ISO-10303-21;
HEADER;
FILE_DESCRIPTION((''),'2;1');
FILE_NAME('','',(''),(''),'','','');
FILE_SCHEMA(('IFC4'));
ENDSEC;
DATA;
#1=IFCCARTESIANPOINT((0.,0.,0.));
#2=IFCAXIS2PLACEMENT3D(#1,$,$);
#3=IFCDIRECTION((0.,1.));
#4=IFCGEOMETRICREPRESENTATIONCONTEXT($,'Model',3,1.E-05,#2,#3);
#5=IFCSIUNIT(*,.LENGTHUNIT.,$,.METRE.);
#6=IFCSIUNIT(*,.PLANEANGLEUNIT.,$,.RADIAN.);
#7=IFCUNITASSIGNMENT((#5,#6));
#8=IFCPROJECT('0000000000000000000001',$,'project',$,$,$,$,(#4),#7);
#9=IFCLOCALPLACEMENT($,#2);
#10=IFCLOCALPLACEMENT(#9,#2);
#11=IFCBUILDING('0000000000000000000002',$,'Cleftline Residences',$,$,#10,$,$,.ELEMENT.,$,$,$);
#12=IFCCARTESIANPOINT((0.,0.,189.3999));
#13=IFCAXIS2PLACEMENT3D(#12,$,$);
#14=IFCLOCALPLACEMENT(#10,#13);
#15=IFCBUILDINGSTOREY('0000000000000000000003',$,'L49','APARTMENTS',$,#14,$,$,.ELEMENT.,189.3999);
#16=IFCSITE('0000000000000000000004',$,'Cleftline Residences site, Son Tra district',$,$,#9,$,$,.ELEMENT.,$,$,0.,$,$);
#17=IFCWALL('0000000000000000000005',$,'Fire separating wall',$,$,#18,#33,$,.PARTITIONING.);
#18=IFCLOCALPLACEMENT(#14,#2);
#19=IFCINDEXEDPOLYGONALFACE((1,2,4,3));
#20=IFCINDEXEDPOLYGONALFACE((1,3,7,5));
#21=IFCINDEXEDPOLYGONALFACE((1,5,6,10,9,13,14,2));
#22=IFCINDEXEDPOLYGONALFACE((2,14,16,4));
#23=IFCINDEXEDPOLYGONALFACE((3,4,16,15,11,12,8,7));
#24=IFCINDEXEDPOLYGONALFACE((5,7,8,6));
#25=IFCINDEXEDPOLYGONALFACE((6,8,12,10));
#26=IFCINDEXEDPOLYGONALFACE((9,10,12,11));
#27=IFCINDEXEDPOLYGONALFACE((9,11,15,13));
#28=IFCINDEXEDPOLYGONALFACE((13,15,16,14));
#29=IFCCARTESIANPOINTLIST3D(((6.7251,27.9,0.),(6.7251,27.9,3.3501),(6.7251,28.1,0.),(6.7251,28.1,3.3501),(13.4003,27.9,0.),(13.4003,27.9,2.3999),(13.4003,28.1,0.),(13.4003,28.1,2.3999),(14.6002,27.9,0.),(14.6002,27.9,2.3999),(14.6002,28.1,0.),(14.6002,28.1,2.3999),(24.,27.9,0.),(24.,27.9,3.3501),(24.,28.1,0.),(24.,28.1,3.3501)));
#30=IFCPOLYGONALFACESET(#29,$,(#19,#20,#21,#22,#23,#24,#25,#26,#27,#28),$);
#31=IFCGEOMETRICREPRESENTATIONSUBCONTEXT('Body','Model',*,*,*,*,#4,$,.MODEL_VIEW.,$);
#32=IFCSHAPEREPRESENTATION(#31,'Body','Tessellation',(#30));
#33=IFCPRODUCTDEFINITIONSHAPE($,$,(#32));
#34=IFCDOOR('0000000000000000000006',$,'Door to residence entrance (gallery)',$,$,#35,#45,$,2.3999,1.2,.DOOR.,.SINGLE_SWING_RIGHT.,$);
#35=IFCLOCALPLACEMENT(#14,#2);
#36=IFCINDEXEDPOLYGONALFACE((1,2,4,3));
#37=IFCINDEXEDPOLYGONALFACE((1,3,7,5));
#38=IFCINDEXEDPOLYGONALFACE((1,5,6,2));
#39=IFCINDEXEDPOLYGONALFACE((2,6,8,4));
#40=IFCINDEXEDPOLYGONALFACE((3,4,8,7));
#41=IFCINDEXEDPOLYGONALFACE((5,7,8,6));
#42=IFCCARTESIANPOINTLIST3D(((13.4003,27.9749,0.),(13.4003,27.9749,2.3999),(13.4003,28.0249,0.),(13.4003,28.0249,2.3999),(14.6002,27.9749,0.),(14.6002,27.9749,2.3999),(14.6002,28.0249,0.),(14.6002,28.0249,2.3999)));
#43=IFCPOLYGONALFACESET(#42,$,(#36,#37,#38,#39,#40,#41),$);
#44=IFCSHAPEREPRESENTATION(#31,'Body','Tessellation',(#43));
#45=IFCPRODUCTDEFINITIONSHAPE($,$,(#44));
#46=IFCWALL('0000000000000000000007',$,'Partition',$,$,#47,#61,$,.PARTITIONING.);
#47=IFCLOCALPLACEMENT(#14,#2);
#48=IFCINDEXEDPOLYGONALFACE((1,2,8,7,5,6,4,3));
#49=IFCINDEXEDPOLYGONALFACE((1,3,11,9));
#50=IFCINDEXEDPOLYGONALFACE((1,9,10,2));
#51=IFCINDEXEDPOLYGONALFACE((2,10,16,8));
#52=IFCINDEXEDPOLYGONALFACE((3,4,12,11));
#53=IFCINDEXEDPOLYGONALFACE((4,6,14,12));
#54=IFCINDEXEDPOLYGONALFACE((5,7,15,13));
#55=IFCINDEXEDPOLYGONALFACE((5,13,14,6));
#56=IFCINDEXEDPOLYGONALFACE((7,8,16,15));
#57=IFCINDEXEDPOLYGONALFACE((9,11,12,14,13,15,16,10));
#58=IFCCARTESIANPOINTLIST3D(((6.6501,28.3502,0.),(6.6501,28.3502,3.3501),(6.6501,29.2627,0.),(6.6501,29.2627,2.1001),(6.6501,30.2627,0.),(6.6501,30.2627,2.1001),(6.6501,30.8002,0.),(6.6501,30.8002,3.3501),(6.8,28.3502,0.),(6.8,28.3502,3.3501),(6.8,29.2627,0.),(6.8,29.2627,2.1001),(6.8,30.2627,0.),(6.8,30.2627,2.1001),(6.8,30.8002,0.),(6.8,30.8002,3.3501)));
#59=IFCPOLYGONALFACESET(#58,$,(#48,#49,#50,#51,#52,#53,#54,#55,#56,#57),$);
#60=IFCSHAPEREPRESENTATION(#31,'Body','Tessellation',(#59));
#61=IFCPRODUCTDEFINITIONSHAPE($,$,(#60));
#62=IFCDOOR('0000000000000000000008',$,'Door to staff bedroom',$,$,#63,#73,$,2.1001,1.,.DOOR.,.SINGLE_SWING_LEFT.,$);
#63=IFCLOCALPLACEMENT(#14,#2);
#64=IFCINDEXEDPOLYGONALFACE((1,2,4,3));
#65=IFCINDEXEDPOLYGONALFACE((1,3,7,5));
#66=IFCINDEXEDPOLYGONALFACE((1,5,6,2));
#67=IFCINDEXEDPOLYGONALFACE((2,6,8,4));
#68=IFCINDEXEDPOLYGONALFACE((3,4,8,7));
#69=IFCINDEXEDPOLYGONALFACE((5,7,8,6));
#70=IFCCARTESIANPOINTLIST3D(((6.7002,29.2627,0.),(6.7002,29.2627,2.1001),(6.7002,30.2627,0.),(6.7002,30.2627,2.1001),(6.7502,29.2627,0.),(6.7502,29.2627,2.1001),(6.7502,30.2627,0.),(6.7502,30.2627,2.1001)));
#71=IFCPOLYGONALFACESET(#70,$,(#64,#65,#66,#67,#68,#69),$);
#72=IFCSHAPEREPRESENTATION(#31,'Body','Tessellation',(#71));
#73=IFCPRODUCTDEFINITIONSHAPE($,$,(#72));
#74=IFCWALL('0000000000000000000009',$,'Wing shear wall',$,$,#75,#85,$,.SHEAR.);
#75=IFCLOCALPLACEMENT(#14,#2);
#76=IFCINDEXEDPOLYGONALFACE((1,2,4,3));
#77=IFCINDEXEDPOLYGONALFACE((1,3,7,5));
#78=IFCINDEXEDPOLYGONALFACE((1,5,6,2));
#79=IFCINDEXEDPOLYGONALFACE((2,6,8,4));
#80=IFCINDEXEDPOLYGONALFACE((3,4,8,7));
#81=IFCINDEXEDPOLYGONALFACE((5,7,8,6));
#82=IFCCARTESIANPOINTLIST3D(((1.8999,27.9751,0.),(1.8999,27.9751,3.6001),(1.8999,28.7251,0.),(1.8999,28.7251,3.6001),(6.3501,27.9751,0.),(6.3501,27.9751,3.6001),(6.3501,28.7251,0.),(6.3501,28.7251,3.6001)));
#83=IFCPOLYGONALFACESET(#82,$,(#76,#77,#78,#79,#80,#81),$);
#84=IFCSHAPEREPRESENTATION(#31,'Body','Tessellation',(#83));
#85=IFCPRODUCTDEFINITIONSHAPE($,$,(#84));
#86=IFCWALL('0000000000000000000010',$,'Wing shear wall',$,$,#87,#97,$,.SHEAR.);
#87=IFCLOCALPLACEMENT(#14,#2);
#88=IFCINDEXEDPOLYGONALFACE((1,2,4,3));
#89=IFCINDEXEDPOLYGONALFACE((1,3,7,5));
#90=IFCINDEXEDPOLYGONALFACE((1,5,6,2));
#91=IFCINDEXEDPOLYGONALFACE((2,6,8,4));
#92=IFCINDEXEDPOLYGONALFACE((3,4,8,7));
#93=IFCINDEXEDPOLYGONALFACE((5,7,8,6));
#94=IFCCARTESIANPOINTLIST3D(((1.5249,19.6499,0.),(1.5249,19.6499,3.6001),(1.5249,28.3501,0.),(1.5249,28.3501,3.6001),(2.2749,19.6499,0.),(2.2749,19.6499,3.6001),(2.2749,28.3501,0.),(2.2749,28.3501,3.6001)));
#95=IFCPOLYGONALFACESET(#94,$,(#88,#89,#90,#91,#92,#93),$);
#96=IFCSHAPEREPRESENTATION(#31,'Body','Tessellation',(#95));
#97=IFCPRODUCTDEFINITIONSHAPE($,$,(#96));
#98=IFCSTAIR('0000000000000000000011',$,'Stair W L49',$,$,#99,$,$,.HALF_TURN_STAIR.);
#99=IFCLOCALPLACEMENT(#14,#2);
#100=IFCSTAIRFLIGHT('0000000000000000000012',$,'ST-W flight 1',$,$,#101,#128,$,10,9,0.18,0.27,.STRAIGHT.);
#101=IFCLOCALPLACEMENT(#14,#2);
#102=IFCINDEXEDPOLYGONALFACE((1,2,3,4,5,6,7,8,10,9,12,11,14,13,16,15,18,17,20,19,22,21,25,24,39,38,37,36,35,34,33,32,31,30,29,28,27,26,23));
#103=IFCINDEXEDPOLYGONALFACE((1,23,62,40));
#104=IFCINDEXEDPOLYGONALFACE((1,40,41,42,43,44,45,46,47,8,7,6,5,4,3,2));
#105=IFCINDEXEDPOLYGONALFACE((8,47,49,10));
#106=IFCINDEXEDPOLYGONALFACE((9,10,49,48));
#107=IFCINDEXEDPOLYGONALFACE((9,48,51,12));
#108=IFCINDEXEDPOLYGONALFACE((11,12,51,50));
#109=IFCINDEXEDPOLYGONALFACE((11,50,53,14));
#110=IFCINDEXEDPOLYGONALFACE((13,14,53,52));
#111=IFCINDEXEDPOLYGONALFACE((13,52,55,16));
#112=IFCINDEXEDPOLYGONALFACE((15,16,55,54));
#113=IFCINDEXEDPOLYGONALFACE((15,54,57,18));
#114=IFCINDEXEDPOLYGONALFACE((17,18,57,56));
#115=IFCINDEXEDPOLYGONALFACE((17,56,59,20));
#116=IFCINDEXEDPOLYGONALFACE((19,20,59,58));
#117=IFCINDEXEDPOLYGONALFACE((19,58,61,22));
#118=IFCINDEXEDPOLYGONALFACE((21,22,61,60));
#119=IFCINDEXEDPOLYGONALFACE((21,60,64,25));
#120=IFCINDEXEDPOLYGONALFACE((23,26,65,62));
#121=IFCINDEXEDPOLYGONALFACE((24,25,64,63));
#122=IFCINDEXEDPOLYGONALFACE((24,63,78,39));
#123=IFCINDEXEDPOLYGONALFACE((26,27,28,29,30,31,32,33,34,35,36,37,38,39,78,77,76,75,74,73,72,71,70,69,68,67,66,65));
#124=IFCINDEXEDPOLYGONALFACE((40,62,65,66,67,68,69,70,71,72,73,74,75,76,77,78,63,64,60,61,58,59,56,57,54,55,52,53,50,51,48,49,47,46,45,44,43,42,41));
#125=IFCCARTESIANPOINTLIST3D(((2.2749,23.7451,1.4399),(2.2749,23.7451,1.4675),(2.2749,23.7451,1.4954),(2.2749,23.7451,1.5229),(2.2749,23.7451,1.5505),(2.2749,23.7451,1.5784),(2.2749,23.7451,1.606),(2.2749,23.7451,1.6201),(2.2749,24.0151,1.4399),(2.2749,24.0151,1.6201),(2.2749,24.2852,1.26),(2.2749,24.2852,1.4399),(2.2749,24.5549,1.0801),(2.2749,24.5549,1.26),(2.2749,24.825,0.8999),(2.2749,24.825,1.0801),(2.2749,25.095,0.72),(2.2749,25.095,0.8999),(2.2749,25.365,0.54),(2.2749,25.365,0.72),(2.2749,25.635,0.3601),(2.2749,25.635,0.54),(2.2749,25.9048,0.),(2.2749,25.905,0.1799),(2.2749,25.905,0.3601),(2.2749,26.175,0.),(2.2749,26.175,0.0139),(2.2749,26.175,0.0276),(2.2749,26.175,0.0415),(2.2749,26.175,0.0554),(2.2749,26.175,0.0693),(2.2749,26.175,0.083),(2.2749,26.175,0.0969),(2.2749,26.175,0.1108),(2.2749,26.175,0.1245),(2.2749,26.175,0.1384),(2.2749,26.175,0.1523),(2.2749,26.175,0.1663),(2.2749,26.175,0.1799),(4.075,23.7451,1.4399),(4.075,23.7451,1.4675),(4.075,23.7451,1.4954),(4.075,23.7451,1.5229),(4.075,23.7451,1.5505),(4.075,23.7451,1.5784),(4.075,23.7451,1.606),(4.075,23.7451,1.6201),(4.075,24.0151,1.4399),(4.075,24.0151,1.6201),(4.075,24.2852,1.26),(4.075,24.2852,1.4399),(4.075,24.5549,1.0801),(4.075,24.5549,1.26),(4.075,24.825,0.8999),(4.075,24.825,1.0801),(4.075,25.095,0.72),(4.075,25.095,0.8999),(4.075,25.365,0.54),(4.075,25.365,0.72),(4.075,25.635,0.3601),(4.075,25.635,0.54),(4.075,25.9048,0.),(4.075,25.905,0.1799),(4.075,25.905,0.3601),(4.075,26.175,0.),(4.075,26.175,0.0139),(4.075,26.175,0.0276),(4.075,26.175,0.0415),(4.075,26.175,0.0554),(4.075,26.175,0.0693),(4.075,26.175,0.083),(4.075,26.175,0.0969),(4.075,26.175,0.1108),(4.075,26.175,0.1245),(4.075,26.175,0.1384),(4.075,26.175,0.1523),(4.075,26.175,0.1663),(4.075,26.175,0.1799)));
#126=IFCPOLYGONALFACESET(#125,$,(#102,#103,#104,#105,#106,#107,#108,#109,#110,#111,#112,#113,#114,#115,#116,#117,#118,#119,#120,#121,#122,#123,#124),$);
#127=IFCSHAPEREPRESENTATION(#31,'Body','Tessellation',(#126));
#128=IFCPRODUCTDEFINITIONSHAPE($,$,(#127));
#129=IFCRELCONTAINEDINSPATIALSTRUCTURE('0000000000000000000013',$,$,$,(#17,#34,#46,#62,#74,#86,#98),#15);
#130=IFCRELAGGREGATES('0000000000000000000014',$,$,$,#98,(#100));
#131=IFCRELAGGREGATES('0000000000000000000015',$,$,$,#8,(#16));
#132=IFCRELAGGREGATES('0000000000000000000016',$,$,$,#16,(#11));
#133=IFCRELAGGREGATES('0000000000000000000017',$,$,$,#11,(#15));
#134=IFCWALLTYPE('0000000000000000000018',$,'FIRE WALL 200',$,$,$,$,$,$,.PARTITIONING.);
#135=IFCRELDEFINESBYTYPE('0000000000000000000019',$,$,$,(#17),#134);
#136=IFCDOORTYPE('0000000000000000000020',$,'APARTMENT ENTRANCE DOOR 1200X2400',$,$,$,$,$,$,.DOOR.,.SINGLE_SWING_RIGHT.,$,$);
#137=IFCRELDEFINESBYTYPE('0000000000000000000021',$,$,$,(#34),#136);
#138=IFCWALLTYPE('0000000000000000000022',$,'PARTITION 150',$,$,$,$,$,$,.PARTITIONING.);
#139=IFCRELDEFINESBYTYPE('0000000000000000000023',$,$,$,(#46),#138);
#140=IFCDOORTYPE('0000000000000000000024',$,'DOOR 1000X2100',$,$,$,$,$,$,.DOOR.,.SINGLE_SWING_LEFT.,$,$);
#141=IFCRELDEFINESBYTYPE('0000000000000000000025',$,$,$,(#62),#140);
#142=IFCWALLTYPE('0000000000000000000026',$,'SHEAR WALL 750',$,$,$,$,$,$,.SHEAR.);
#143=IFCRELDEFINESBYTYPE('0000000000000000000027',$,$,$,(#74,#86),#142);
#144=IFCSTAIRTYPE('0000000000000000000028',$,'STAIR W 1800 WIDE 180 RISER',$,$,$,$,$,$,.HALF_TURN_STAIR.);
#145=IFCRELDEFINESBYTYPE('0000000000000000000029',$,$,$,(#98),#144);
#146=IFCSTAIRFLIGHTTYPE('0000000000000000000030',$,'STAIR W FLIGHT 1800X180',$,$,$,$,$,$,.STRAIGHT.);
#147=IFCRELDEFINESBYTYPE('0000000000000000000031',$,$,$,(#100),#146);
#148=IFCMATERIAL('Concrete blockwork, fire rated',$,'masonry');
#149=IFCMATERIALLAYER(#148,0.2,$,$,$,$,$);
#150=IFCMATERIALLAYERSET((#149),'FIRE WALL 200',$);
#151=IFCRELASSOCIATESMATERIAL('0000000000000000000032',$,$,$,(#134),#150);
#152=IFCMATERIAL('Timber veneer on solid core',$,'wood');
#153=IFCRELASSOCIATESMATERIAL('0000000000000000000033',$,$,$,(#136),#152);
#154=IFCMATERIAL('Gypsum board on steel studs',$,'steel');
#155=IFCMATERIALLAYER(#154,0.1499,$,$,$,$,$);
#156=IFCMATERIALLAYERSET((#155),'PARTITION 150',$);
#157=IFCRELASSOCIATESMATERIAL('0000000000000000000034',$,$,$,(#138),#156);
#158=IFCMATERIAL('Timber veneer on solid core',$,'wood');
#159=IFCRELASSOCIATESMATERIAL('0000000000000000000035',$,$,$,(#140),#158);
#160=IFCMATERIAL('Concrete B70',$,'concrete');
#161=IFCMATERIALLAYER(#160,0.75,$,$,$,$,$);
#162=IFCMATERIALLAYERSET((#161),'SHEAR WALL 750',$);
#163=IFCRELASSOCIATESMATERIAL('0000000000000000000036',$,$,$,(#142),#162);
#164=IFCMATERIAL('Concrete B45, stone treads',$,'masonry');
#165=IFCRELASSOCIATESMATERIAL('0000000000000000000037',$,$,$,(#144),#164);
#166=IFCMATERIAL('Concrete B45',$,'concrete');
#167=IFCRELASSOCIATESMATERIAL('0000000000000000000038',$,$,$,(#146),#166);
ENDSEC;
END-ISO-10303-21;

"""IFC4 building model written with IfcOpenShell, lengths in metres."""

from ifc_helpers import new_model, si_unit, direction, frame, frame_2d, origin, place, context, subcontext, project, spatial, polyline, rectangle, outline, extrude, material, layer, layer_set, type_object, element, fill, aggregate, save


model = new_model("IFC4")

# Units and contexts
model_context = context("Model", 3, precision=1e-05, world=origin(), true_north=direction((0.0, 1.0)))
body_context = subcontext(model_context, "Body", "Model", "MODEL_VIEW")
ifc_project = project(units=[si_unit("LENGTHUNIT", "METRE"), si_unit("PLANEANGLEUNIT", "RADIAN")], contexts=[model_context])

# Site, building, storey
site_placement = place(None, origin())
site = spatial("IfcSite", under=ifc_project, at=site_placement, Name="Cleftline Residences site, Son Tra district", CompositionType="ELEMENT", RefElevation=0.0)
building_placement = place(site_placement, origin())
building = spatial("IfcBuilding", under=site, at=building_placement, Name="Cleftline Residences", CompositionType="ELEMENT")
storey_placement = place(building_placement, frame((0.0, 0.0, 189.3999)))
storey = spatial("IfcBuildingStorey", under=building, at=storey_placement, Name="L49", Description="APARTMENTS", CompositionType="ELEMENT", Elevation=189.3999)

# Shared definitions
ifc_material_1 = material(Name="Concrete blockwork, fire rated", Category="masonry")
ifc_layer_1 = layer(ifc_material_1, 0.2)
ifc_layer_set_1 = layer_set([ifc_layer_1], Name="FIRE WALL 200")
wall_type_1 = type_object("IfcWallType", Name="FIRE WALL 200", PredefinedType="PARTITIONING", material=ifc_layer_set_1)

# Walls, openings, doors
wall_1_placement = place(storey_placement, frame((6.7251, 28.0, 0.0), z_axis=(0.0, 0.0, 1.0), x_axis=(1.0, 0.0, 0.0)))
wall_1 = element("IfcWall", 1, at=wall_1_placement, inside=storey, type_object=wall_type_1, Name="Fire separating wall", PredefinedType="PARTITIONING", context=body_context, shape_type="SweptSolid", body=[
    extrude(rectangle(XDim=17.2749, YDim=0.2, at=frame_2d((8.6375, 0.0))), origin(), (0.0, 0.0, 1.0), 3.3501),
])
opening_1_placement = place(wall_1_placement, frame((6.675, 0.0, 0.0)))
opening_1 = element("IfcOpeningElement", 2, at=opening_1_placement, cuts=wall_1, PredefinedType="OPENING", context=body_context, shape_type="SweptSolid", body=[
    extrude(rectangle(XDim=1.2, YDim=2.3999, at=frame_2d((0.6001, 1.2))), frame((0.0, 0.1099, 0.0), z_axis=(0.0, -1.0, 0.0), x_axis=(1.0, 0.0, 0.0)), (0.0, 0.0, 1.0), 0.22),
])
ifc_material_2 = material(Name="Timber veneer on solid core", Category="wood")
door_type_1 = type_object("IfcDoorType", Name="APARTMENT ENTRANCE DOOR 1200X2400", OperationType="SINGLE_SWING_RIGHT", PredefinedType="DOOR", material=ifc_material_2)
door_1_placement = place(opening_1_placement, origin())
door_1 = element("IfcDoor", 3, at=door_1_placement, inside=storey, type_object=door_type_1, Name="Door to residence entrance (gallery)", OperationType="SINGLE_SWING_RIGHT", OverallHeight=2.3999, OverallWidth=1.2, PredefinedType="DOOR", context=body_context, shape_type="SweptSolid", body=[
    extrude(rectangle(XDim=1.2, YDim=2.3999, at=frame_2d((0.6001, 1.2))), frame((0.0, 0.0249, 0.0), z_axis=(0.0, -1.0, 0.0), x_axis=(1.0, 0.0, 0.0)), (0.0, 0.0, 1.0), 0.05),
])
fill(opening_1, door_1)
ifc_material_3 = material(Name="Gypsum board on steel studs", Category="steel")
ifc_layer_2 = layer(ifc_material_3, 0.1499)
ifc_layer_set_2 = layer_set([ifc_layer_2], Name="PARTITION 150")
wall_type_2 = type_object("IfcWallType", Name="PARTITION 150", PredefinedType="PARTITIONING", material=ifc_layer_set_2)
wall_2_placement = place(storey_placement, frame((6.7251, 28.3501, 0.0), z_axis=(0.0, 0.0, 1.0), x_axis=(0.0, 1.0, 0.0)))
wall_2 = element("IfcWall", 4, at=wall_2_placement, inside=storey, type_object=wall_type_2, Name="Partition", PredefinedType="PARTITIONING", context=body_context, shape_type="SweptSolid", body=[
    extrude(rectangle(XDim=2.45, YDim=0.1499, at=frame_2d((1.2251, 0.0))), origin(), (0.0, 0.0, 1.0), 3.3501),
])
opening_2_placement = place(wall_2_placement, frame((0.9126, 0.0, 0.0)))
opening_2 = element("IfcOpeningElement", 5, at=opening_2_placement, cuts=wall_2, PredefinedType="OPENING", context=body_context, shape_type="SweptSolid", body=[
    extrude(rectangle(XDim=1.0, YDim=2.1001, at=frame_2d((0.5, 1.05))), frame((0.0, 0.085, 0.0), z_axis=(0.0, -1.0, 0.0), x_axis=(1.0, 0.0, 0.0)), (0.0, 0.0, 1.0), 0.1699),
])
ifc_material_4 = material(Name="Timber veneer on solid core", Category="wood")
door_type_2 = type_object("IfcDoorType", Name="DOOR 1000X2100", OperationType="SINGLE_SWING_LEFT", PredefinedType="DOOR", material=ifc_material_4)
door_2_placement = place(opening_2_placement, origin())
door_2 = element("IfcDoor", 6, at=door_2_placement, inside=storey, type_object=door_type_2, Name="Door to staff bedroom", OperationType="SINGLE_SWING_LEFT", OverallHeight=2.1001, OverallWidth=1.0, PredefinedType="DOOR", context=body_context, shape_type="SweptSolid", body=[
    extrude(rectangle(XDim=1.0, YDim=2.1001, at=frame_2d((0.5, 1.05))), frame((0.0, 0.0249, 0.0), z_axis=(0.0, -1.0, 0.0), x_axis=(1.0, 0.0, 0.0)), (0.0, 0.0, 1.0), 0.05),
])
fill(opening_2, door_2)

# Walls
ifc_material_5 = material(Name="Concrete B70", Category="concrete")
ifc_layer_3 = layer(ifc_material_5, 0.75)
ifc_layer_set_3 = layer_set([ifc_layer_3], Name="SHEAR WALL 750")
wall_type_3 = type_object("IfcWallType", Name="SHEAR WALL 750", PredefinedType="SHEAR", material=ifc_layer_set_3)
wall_3_placement = place(storey_placement, frame((6.3501, 28.3501, 0.0), z_axis=(0.0, 0.0, 1.0), x_axis=(-1.0, 0.0, 0.0)))
element("IfcWall", 7, at=wall_3_placement, inside=storey, type_object=wall_type_3, Name="Wing shear wall", PredefinedType="SHEAR", context=body_context, shape_type="SweptSolid", body=[
    extrude(rectangle(XDim=4.4502, YDim=0.75, at=frame_2d((2.2251, 0.0))), origin(), (0.0, 0.0, 1.0), 3.6001),
])
wall_4_placement = place(storey_placement, frame((1.8999, 28.3501, 0.0), z_axis=(0.0, 0.0, 1.0), x_axis=(0.0, -1.0, 0.0)))
element("IfcWall", 8, at=wall_4_placement, inside=storey, type_object=wall_type_3, Name="Wing shear wall", PredefinedType="SHEAR", context=body_context, shape_type="SweptSolid", body=[
    extrude(rectangle(XDim=8.7002, YDim=0.75, at=frame_2d((4.3501, 0.0))), origin(), (0.0, 0.0, 1.0), 3.6001),
])

# Stair, stair flight
ifc_material_6 = material(Name="Concrete B45, stone treads", Category="masonry")
stair_type = type_object("IfcStairType", Name="STAIR W 1800 WIDE 180 RISER", PredefinedType="HALF_TURN_STAIR", material=ifc_material_6)
stair_placement = place(storey_placement, origin())
stair = element("IfcStair", 9, at=stair_placement, inside=storey, type_object=stair_type, Name="Stair W L49", PredefinedType="HALF_TURN_STAIR")
ifc_material_7 = material(Name="Concrete B45", Category="concrete")
stair_flight_type = type_object("IfcStairFlightType", Name="STAIR W FLIGHT 1800X180", PredefinedType="STRAIGHT", material=ifc_material_7)
stair_flight_1_placement = place(storey_placement, frame((3.175, 26.175, 0.0), z_axis=(0.0, 0.0, 1.0), x_axis=(0.0, -1.0, 0.0)))
stair_flight_1 = element("IfcStairFlight", 10, at=stair_flight_1_placement, type_object=stair_flight_type, Name="ST-W flight 1", NumberOfRisers=10, NumberOfTreads=9, PredefinedType="STRAIGHT", RiserHeight=0.18, TreadLength=0.27, context=body_context, shape_type="SweptSolid", body=[
    extrude(outline(polyline([(0.0, 0.0), (0.0, 0.0139), (0.0, 0.0276), (0.0, 0.0415), (0.0, 0.0554), (0.0, 0.0693), (0.0, 0.083), (0.0, 0.0969), (0.0, 0.1108), (0.0, 0.1245), (0.0, 0.1384), (0.0, 0.1523), (0.0, 0.1663), (0.0, 0.1799), (0.27, 0.1799), (0.27, 0.3601), (0.54, 0.3601), (0.54, 0.54), (0.8101, 0.54), (0.8101, 0.72), (1.0801, 0.72), (1.0801, 0.8999), (1.3501, 0.8999), (1.3501, 1.0801), (1.6201, 1.0801), (1.6201, 1.26), (1.8899, 1.26), (1.8899, 1.4399), (2.1599, 1.4399), (2.1599, 1.6201), (2.4299, 1.6201), (2.4299, 1.8), (2.4299, 1.7722), (2.4299, 1.7446), (2.4299, 1.7168), (2.4299, 1.6892), (2.4299, 1.6614), (2.4299, 1.6338), (2.4299, 1.606), (2.4299, 1.5784), (2.4299, 1.5505), (2.4299, 1.5229), (2.4299, 1.4954), (2.4299, 1.4675), (2.4299, 1.4399), (0.2703, 0.0), (0.0, 0.0)])), frame((0.0, 0.8999, 0.0), z_axis=(0.0, -1.0, 0.0), x_axis=(1.0, 0.0, 0.0)), (0.0, 0.0, 1.0), 1.8),
])
aggregate(stair, [stair_flight_1])

save(model, "model.ifc")
